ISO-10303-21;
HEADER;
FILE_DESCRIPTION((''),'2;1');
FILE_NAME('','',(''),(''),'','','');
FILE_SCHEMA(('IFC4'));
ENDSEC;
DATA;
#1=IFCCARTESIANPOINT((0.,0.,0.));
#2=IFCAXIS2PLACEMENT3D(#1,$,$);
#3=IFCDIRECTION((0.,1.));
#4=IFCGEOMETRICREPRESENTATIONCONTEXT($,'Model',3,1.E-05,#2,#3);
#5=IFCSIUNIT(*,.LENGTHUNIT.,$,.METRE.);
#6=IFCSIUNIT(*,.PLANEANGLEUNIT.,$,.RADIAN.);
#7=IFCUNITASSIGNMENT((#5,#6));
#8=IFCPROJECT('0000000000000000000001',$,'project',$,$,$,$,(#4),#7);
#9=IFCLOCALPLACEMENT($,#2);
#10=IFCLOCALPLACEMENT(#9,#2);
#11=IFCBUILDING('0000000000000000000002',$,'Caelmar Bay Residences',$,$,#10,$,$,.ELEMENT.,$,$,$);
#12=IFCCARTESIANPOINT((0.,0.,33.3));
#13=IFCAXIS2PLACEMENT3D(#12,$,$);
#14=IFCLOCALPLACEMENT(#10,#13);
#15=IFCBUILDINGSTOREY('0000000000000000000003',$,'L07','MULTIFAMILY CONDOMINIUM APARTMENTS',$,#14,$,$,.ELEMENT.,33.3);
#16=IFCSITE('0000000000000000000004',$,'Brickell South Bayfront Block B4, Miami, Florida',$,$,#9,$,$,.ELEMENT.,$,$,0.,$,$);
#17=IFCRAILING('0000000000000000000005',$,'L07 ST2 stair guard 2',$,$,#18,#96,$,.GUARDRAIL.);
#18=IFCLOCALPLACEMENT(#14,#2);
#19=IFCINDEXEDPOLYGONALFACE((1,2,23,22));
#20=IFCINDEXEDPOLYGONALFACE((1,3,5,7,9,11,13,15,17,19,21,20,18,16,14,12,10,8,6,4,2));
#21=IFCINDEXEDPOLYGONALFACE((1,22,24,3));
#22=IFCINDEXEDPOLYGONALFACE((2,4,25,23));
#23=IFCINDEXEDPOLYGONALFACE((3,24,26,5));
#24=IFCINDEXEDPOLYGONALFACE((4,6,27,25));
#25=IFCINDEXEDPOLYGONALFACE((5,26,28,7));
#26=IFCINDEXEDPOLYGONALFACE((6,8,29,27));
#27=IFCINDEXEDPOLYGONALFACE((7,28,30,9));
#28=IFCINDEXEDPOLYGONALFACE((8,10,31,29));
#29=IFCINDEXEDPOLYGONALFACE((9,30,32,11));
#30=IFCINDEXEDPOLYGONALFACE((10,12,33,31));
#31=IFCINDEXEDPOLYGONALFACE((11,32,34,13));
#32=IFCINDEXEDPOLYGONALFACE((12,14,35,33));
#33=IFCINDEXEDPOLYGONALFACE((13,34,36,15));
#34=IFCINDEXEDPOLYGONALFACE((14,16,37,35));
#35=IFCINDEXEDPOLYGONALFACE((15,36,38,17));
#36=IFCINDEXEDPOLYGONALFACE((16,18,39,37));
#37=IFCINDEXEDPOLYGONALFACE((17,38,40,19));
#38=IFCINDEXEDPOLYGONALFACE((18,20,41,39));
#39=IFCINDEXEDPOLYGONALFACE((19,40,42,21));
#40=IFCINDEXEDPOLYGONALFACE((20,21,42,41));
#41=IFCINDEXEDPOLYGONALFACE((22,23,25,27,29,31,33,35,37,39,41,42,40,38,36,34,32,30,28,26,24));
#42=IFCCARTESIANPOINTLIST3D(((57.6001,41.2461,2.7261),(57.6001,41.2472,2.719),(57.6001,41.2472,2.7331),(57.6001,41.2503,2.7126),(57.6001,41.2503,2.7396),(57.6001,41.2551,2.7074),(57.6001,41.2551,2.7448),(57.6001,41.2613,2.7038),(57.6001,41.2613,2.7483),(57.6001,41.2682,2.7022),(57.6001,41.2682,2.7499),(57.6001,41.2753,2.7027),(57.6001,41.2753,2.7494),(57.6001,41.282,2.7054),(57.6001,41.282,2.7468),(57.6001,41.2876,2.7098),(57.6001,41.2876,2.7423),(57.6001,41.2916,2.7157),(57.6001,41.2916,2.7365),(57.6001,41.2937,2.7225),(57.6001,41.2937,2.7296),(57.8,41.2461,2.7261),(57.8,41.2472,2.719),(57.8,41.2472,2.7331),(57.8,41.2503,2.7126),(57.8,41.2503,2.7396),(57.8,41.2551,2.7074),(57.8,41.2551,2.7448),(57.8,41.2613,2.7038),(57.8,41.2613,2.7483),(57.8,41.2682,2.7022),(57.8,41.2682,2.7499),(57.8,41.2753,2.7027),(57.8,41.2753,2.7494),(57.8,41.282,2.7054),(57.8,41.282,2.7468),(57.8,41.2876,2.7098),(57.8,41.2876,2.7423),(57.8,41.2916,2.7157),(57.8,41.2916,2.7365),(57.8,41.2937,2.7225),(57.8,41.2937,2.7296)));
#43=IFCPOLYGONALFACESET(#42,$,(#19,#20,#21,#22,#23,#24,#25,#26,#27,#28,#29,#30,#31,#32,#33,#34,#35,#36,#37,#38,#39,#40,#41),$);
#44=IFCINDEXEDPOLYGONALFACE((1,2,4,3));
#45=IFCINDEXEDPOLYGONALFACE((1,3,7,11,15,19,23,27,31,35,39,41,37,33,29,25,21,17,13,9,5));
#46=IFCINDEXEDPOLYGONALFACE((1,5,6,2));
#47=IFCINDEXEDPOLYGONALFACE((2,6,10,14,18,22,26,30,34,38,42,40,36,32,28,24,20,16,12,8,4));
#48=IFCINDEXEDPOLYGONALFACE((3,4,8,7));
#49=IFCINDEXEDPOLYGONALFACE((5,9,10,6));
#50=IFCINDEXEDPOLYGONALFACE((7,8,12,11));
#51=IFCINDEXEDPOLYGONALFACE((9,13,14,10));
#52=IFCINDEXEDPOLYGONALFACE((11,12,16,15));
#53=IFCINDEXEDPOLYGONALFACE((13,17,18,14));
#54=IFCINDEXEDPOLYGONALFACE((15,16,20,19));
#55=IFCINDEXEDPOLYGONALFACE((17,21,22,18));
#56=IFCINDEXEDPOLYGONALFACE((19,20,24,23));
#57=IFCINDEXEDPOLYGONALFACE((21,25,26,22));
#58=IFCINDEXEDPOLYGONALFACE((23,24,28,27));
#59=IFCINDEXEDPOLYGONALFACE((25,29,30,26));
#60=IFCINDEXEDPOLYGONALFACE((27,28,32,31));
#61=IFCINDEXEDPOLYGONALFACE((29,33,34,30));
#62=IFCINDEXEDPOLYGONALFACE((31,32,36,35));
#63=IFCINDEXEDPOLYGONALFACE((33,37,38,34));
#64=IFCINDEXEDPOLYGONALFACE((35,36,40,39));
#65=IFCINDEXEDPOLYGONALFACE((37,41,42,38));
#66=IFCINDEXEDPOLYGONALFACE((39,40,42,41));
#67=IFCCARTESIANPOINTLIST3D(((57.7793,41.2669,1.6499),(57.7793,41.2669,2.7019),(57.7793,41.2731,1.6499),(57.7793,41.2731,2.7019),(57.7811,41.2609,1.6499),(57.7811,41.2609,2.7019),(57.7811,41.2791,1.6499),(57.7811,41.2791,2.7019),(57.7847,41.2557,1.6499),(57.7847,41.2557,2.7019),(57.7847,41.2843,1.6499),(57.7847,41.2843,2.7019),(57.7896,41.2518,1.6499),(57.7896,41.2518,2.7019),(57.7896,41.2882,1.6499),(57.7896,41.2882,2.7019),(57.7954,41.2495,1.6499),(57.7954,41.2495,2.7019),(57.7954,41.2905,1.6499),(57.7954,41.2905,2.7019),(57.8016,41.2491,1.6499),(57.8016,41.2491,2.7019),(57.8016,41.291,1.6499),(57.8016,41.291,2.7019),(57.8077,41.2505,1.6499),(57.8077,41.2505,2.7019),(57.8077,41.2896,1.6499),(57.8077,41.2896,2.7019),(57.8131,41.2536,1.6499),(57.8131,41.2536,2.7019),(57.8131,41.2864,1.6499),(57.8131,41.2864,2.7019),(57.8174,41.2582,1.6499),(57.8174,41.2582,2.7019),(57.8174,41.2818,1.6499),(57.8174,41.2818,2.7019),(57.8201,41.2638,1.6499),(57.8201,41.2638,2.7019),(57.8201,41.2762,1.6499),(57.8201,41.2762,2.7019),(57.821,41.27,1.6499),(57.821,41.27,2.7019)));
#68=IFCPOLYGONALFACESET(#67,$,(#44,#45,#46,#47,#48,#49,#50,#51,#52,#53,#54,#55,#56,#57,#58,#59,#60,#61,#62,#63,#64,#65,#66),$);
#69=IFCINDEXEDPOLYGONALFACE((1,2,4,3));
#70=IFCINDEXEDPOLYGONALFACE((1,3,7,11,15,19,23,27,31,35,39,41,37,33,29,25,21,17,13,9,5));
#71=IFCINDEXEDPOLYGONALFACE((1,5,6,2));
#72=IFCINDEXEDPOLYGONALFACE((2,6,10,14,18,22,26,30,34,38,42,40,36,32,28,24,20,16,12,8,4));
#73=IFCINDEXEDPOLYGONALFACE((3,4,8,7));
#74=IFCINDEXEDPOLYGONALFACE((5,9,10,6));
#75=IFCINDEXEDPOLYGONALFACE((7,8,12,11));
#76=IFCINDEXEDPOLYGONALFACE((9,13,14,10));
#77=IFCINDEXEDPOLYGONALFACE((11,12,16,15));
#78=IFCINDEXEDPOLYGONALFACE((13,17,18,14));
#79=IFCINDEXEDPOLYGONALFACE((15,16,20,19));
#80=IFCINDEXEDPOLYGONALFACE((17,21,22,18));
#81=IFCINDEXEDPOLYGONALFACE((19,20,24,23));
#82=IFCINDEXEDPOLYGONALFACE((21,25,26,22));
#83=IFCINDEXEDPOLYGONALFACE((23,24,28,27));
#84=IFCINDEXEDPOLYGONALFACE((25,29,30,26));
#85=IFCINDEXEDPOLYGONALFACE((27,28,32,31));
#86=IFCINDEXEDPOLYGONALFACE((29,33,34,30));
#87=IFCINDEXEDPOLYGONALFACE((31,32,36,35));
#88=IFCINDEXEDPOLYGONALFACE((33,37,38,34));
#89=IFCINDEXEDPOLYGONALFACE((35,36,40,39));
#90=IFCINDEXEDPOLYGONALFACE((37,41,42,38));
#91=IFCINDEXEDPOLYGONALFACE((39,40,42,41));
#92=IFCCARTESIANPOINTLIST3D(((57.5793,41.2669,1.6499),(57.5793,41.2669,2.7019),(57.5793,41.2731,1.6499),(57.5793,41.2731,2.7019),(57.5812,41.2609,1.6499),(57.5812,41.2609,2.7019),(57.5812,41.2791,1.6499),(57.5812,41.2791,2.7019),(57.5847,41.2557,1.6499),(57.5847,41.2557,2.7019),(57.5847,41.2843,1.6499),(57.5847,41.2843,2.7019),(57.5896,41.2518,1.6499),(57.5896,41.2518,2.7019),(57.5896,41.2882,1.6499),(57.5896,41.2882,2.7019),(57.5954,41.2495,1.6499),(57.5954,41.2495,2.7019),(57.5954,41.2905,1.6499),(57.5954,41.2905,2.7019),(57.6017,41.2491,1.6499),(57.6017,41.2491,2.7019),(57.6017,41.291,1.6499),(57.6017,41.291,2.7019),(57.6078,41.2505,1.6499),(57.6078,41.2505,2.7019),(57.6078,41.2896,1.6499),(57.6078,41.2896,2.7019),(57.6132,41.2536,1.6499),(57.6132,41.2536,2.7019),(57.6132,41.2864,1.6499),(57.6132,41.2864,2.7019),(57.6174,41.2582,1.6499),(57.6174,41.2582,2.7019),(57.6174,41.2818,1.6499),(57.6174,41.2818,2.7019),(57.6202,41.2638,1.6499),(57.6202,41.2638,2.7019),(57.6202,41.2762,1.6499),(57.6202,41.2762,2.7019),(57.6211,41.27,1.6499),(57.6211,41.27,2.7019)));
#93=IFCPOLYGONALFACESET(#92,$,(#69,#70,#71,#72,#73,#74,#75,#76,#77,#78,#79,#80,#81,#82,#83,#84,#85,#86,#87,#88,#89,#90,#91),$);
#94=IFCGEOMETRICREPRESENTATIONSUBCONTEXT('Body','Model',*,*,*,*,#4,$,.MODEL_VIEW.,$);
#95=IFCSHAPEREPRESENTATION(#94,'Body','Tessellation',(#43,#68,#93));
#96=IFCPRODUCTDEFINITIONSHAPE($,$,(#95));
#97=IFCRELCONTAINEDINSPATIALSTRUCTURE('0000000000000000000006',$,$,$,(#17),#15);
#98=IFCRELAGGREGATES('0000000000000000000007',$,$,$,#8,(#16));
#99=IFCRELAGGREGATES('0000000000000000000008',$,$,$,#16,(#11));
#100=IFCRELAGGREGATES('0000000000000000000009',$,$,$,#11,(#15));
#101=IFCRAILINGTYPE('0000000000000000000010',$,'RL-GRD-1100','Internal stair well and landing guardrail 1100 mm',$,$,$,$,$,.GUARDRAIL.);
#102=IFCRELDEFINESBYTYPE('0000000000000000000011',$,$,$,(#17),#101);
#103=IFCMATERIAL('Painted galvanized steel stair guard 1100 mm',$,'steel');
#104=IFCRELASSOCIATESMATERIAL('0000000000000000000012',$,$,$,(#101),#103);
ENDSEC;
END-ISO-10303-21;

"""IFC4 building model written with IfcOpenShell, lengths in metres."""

from ifc_helpers import new_model, si_unit, direction, frame, origin, origin_2d, place, context, subcontext, project, spatial, circle, extrude, material, type_object, element, save


model = new_model("IFC4")

# Units and contexts
model_context = context("Model", 3, precision=1e-05, world=origin(), true_north=direction((0.0, 1.0)))
body_context = subcontext(model_context, "Body", "Model", "MODEL_VIEW")
ifc_project = project(units=[si_unit("LENGTHUNIT", "METRE"), si_unit("PLANEANGLEUNIT", "RADIAN")], contexts=[model_context])

# Site, building, storey
site_placement = place(None, origin())
site = spatial("IfcSite", under=ifc_project, at=site_placement, Name="Brickell South Bayfront Block B4, Miami, Florida", CompositionType="ELEMENT", RefElevation=0.0)
building_placement = place(site_placement, origin())
building = spatial("IfcBuilding", under=site, at=building_placement, Name="Caelmar Bay Residences", CompositionType="ELEMENT")
storey_placement = place(building_placement, frame((0.0, 0.0, 33.3)))
storey = spatial("IfcBuildingStorey", under=building, at=storey_placement, Name="L07", Description="MULTIFAMILY CONDOMINIUM APARTMENTS", CompositionType="ELEMENT", Elevation=33.3)

# Railing
ifc_material_1 = material(Name="Painted galvanized steel stair guard 1100 mm", Category="steel")
railing_type_1 = type_object("IfcRailingType", Name="RL-GRD-1100", Description="Internal stair well and landing guardrail 1100 mm", PredefinedType="GUARDRAIL", material=ifc_material_1)
railing_1_placement = place(storey_placement, frame((57.8, 41.27, 1.6499)))
element("IfcRailing", 1, at=railing_1_placement, inside=storey, type_object=railing_type_1, Name="L07 ST2 stair guard 2", PredefinedType="GUARDRAIL", context=body_context, shape_type="SweptSolid", body=[
    extrude(circle(Radius=0.0239, at=origin_2d()), frame((0.0, 0.0, 1.0762), z_axis=(-1.0, 0.0, 0.0), x_axis=(0.0, -1.0, 0.0)), (0.0, 0.0, 1.0), 0.2),
    extrude(circle(Radius=0.021, at=origin_2d()), origin(), (0.0, 0.0, 1.0), 1.052),
    extrude(circle(Radius=0.021, at=origin_2d()), frame((-0.2, 0.0, 0.0)), (0.0, 0.0, 1.0), 1.052),
])

save(model, "model.ifc")
